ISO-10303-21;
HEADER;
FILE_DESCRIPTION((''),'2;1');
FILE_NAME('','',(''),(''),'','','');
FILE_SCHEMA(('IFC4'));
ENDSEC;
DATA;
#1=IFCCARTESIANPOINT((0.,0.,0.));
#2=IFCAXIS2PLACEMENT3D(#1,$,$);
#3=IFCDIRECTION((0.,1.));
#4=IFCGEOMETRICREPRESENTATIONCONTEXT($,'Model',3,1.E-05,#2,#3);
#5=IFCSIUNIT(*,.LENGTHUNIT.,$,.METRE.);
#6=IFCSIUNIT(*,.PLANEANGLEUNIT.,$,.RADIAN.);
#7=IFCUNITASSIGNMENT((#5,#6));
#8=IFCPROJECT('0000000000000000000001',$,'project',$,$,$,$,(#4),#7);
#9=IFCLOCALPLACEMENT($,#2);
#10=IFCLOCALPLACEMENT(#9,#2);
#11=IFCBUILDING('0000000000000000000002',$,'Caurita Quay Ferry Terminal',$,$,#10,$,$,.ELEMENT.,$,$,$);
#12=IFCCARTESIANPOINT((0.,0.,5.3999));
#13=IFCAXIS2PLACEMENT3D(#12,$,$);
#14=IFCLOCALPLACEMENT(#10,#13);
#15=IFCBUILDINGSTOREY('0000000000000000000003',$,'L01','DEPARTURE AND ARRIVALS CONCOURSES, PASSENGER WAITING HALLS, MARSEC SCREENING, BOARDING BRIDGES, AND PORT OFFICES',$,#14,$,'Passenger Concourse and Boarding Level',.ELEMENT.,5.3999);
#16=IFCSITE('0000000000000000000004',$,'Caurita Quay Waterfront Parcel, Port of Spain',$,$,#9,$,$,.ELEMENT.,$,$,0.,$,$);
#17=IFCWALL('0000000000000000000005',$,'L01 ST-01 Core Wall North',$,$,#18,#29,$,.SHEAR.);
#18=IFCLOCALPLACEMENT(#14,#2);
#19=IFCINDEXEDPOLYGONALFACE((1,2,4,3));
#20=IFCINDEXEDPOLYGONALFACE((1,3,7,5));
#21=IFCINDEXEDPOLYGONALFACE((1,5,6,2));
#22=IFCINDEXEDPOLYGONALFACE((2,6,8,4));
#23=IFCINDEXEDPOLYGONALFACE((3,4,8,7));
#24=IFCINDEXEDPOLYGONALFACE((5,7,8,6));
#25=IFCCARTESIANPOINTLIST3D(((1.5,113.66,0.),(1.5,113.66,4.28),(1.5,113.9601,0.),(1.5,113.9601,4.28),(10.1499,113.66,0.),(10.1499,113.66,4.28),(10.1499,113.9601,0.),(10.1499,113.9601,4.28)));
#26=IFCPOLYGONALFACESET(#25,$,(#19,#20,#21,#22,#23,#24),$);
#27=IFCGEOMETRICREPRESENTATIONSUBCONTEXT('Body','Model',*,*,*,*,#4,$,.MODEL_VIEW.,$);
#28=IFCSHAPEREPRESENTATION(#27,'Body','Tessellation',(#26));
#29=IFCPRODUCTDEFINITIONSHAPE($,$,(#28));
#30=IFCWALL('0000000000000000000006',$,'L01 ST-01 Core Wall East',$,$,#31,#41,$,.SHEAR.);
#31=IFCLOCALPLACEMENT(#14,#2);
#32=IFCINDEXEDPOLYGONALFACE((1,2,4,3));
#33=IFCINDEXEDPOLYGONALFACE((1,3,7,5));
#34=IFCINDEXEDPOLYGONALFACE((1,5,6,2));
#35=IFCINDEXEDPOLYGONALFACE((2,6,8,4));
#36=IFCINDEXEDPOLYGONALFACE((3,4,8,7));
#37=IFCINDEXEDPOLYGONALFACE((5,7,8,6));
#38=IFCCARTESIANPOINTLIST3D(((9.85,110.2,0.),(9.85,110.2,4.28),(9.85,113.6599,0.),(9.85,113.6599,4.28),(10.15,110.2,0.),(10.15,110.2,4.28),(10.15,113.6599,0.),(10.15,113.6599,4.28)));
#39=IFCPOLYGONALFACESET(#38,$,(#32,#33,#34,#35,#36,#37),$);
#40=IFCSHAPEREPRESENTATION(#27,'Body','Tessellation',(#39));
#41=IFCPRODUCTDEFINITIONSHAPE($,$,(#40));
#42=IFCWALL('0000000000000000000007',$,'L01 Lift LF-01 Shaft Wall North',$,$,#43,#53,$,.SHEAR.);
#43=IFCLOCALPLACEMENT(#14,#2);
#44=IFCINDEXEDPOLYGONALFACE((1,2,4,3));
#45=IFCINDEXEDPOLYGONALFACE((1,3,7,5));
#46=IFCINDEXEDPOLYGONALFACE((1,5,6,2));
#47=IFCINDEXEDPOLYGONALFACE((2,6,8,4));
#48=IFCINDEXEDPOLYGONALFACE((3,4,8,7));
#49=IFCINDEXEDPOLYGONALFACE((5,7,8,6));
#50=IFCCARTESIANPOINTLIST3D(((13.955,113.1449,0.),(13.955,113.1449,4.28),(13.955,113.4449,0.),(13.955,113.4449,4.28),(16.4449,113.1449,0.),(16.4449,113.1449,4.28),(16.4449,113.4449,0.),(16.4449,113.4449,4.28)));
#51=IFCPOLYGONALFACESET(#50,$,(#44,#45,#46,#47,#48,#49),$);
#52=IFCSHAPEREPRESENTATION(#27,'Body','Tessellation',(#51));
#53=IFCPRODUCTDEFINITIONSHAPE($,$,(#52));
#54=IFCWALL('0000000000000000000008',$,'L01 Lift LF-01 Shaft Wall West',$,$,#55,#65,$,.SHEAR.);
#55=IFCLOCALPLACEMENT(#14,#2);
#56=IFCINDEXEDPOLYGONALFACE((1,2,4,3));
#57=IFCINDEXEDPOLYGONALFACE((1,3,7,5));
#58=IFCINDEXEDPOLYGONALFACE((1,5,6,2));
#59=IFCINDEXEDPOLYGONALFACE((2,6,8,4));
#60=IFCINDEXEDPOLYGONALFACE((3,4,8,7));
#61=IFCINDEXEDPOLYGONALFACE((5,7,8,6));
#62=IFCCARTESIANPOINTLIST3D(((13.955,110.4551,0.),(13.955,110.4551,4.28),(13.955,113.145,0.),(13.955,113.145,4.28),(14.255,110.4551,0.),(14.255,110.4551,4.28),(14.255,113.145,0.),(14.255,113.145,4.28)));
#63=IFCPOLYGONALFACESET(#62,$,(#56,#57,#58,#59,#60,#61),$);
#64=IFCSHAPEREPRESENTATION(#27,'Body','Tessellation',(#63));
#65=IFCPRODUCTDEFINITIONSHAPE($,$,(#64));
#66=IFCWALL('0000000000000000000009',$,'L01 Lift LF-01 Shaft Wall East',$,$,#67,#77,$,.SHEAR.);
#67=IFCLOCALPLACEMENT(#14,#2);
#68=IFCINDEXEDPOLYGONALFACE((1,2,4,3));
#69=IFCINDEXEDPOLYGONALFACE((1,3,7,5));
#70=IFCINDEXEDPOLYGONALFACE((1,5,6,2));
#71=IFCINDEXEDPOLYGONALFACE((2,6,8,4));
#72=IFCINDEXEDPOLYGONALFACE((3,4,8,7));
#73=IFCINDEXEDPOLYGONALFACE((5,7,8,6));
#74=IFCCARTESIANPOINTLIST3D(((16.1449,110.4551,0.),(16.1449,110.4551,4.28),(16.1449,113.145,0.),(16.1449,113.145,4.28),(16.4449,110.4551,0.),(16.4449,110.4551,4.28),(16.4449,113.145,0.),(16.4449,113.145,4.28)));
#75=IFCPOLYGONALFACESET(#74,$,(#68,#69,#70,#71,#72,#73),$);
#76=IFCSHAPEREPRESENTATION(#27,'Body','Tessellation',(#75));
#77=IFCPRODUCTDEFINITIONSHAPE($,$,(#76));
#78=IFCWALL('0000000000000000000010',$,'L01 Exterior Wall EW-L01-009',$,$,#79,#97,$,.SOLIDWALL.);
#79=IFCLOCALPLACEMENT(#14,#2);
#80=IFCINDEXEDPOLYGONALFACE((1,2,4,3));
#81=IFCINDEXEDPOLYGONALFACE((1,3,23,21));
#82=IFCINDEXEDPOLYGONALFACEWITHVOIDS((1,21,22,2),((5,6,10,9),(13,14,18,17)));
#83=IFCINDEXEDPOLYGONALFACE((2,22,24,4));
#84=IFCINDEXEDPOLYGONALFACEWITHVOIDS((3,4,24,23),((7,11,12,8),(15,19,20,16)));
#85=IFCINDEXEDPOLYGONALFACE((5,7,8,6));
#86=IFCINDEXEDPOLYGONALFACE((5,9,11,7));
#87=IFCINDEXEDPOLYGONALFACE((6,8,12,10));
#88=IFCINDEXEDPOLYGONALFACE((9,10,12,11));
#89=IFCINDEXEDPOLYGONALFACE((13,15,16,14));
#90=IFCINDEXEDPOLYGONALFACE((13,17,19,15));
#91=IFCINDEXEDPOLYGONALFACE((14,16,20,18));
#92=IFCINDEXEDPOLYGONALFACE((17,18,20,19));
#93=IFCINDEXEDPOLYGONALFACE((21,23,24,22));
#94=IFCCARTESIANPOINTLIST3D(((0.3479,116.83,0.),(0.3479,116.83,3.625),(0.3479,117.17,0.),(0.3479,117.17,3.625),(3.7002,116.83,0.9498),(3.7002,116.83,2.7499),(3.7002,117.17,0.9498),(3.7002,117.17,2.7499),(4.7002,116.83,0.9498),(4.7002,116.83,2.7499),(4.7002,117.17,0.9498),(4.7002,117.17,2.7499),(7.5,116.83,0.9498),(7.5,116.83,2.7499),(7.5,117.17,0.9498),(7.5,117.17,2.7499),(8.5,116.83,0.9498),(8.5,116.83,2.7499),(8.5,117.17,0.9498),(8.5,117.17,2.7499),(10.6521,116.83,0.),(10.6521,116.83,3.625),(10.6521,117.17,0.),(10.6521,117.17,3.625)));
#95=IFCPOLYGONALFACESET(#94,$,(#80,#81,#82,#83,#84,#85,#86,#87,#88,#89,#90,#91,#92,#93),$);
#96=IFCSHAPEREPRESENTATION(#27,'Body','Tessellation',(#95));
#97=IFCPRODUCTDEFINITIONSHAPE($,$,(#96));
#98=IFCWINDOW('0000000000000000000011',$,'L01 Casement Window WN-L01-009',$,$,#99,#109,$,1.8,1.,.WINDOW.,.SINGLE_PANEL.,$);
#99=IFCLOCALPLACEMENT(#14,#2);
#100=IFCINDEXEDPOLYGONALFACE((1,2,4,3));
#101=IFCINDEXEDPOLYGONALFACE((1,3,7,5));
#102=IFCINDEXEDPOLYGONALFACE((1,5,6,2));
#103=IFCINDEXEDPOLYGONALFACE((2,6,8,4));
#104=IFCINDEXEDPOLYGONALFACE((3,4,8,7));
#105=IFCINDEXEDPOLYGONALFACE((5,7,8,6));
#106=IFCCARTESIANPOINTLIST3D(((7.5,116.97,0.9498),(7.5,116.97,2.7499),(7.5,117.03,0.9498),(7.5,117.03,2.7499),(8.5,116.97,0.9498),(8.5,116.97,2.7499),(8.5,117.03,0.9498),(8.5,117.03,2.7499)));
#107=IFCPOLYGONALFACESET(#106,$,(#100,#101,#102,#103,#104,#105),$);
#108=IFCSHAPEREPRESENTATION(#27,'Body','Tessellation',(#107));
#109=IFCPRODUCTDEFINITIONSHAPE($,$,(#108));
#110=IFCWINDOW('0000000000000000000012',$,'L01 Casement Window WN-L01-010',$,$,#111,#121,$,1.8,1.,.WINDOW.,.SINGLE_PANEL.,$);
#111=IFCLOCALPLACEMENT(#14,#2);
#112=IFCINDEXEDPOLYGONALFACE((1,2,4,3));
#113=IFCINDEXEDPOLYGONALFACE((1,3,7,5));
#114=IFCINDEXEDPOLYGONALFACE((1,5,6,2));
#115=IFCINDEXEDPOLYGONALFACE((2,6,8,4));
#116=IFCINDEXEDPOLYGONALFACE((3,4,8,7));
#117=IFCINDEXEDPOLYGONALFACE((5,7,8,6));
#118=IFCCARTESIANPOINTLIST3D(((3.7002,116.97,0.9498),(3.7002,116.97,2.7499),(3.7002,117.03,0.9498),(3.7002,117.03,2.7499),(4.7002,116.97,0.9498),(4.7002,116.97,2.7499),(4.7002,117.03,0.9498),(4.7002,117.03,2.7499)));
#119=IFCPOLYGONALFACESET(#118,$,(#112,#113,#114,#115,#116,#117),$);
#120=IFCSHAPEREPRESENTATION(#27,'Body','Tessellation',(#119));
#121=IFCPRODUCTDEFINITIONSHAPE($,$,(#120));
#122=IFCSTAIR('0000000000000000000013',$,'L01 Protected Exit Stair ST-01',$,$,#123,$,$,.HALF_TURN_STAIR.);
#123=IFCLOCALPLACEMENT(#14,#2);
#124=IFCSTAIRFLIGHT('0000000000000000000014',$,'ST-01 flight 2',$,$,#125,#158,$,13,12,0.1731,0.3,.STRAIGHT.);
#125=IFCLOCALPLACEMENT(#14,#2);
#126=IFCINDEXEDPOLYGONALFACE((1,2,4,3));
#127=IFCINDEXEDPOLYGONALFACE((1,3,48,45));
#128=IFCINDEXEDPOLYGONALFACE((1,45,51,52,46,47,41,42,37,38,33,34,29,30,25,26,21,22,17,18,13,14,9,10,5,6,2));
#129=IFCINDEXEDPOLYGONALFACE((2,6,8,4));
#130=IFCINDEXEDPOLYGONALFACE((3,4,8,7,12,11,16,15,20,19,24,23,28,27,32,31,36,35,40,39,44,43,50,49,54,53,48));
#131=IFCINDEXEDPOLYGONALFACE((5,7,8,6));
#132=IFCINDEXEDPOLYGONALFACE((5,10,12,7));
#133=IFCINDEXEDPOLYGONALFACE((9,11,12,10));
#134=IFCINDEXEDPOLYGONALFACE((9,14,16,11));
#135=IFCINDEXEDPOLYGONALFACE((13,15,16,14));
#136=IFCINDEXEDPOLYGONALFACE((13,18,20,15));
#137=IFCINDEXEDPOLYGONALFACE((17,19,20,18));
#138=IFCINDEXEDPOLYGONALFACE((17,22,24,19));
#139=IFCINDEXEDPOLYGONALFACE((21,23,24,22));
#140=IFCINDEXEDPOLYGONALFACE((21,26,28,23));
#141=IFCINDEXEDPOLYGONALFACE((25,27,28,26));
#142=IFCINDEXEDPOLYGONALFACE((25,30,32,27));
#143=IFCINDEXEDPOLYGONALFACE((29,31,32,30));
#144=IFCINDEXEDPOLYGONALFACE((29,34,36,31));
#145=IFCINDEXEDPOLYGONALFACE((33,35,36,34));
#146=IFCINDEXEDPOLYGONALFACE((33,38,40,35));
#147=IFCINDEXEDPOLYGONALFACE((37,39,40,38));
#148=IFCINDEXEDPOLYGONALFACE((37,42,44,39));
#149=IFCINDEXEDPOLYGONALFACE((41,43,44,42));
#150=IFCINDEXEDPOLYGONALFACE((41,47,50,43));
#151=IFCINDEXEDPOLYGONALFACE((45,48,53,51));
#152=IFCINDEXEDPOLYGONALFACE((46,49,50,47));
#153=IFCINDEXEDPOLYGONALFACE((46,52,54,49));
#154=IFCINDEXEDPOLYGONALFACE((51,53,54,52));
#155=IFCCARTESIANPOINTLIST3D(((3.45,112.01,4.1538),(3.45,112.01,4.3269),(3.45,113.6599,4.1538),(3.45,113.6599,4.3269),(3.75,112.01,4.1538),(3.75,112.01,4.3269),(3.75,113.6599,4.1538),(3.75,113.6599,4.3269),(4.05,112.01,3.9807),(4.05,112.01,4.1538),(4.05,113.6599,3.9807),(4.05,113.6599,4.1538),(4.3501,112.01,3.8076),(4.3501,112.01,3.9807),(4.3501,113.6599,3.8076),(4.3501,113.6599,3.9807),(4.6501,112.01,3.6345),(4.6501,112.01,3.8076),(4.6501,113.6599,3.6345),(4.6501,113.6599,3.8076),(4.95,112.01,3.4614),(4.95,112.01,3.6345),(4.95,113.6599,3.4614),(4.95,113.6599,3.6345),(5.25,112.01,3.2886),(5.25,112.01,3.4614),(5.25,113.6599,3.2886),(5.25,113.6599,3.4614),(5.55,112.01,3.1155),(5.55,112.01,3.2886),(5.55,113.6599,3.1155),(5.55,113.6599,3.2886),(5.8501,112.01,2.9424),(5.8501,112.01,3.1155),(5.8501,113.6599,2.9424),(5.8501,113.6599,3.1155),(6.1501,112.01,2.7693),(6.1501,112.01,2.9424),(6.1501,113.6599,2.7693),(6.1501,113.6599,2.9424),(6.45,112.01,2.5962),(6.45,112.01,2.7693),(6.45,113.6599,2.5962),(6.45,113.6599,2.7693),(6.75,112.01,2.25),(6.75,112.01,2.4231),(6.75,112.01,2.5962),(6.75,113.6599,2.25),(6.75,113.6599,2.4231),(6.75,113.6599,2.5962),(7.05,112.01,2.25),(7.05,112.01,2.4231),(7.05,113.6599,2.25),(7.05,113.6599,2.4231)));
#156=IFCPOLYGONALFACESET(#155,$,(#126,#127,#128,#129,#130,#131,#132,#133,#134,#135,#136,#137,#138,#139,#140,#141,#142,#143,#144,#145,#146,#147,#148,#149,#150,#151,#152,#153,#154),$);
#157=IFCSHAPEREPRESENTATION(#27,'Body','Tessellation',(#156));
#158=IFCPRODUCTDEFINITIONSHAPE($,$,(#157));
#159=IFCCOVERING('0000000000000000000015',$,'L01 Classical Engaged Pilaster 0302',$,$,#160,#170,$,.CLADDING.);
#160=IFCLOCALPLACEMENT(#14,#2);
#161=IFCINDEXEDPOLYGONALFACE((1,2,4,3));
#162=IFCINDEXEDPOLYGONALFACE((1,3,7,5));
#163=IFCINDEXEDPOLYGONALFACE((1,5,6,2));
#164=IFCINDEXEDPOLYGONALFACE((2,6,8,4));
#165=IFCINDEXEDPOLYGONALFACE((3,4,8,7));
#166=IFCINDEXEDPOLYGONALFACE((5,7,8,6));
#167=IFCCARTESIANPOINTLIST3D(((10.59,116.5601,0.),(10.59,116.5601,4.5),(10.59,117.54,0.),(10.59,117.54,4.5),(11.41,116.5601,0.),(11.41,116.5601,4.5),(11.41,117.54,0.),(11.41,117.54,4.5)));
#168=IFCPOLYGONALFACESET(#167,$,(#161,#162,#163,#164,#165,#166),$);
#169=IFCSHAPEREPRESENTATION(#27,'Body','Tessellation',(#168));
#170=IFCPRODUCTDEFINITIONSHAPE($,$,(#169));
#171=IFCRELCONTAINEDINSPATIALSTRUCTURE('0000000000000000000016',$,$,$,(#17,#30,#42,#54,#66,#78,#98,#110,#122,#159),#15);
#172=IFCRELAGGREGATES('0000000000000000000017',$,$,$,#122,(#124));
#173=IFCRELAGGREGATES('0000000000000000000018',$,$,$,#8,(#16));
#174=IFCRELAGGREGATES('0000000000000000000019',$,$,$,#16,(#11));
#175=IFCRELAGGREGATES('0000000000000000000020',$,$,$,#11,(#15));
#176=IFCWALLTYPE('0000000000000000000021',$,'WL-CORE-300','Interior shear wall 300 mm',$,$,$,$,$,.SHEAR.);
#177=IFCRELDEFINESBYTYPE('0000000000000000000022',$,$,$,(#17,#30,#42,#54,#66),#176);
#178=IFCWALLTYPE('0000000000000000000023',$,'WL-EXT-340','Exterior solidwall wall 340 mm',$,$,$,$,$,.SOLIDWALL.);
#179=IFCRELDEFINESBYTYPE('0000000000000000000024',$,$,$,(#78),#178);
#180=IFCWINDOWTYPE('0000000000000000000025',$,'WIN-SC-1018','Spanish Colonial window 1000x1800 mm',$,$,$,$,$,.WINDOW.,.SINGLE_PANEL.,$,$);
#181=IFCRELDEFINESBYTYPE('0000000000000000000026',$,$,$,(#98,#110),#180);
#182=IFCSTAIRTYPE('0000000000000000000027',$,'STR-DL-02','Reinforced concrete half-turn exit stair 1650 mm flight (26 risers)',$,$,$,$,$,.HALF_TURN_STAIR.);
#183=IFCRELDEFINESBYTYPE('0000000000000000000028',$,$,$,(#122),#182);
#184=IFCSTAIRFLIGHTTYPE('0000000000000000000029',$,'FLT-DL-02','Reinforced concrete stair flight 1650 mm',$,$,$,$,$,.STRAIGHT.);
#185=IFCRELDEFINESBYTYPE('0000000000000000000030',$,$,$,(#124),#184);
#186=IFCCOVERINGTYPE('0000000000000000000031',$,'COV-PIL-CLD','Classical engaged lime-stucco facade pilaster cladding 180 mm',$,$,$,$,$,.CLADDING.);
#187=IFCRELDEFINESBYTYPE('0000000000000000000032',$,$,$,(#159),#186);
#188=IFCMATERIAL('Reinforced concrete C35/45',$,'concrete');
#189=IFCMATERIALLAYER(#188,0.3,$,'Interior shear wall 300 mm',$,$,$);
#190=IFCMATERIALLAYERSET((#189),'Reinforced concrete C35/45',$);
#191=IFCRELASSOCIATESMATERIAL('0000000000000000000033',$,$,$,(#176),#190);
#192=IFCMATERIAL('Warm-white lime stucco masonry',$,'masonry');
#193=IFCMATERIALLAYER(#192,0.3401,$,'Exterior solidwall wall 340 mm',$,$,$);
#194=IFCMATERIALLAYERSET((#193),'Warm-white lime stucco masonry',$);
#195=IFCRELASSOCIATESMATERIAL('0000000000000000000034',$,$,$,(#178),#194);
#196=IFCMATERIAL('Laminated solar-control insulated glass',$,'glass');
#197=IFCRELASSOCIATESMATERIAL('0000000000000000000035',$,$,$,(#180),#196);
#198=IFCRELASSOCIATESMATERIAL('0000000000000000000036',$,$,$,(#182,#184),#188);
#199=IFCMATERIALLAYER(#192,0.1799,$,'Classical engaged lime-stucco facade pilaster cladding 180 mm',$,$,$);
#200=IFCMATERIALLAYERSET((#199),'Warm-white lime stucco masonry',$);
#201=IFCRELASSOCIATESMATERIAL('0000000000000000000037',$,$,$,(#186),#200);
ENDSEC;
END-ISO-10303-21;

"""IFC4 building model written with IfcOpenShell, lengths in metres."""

from ifc_helpers import new_model, si_unit, direction, frame, frame_2d, origin, origin_2d, place, context, subcontext, project, spatial, polyline, rectangle, outline, extrude, material, layer, layer_set, type_object, element, fill, aggregate, save


model = new_model("IFC4")

# Units and contexts
model_context = context("Model", 3, precision=1e-05, world=origin(), true_north=direction((0.0, 1.0)))
body_context = subcontext(model_context, "Body", "Model", "MODEL_VIEW")
ifc_project = project(units=[si_unit("LENGTHUNIT", "METRE"), si_unit("PLANEANGLEUNIT", "RADIAN")], contexts=[model_context])

# Site, building, storey
site_placement = place(None, origin())
site = spatial("IfcSite", under=ifc_project, at=site_placement, Name="Caurita Quay Waterfront Parcel, Port of Spain", CompositionType="ELEMENT", RefElevation=0.0)
building_placement = place(site_placement, origin())
building = spatial("IfcBuilding", under=site, at=building_placement, Name="Caurita Quay Ferry Terminal", CompositionType="ELEMENT")
storey_placement = place(building_placement, frame((0.0, 0.0, 5.3999)))
storey = spatial("IfcBuildingStorey", under=building, at=storey_placement, Name="L01", Description="DEPARTURE AND ARRIVALS CONCOURSES, PASSENGER WAITING HALLS, MARSEC SCREENING, BOARDING BRIDGES, AND PORT OFFICES", LongName="Passenger Concourse and Boarding Level", CompositionType="ELEMENT", Elevation=5.3999)

# Shared definitions
ifc_material_1 = material(Name="Reinforced concrete C35/45", Category="concrete")

# Walls
ifc_layer_1 = layer(ifc_material_1, 0.3, Name="Interior shear wall 300 mm")
ifc_layer_set_1 = layer_set([ifc_layer_1], Name="Reinforced concrete C35/45")
wall_type_1 = type_object("IfcWallType", Name="WL-CORE-300", Description="Interior shear wall 300 mm", PredefinedType="SHEAR", material=ifc_layer_set_1)
wall_1_placement = place(storey_placement, frame((10.1499, 113.8101, 0.0), z_axis=(0.0, 0.0, 1.0), x_axis=(-1.0, 0.0, 0.0)))
element("IfcWall", 1, at=wall_1_placement, inside=storey, type_object=wall_type_1, Name="L01 ST-01 Core Wall North", PredefinedType="SHEAR", context=body_context, shape_type="SweptSolid", body=[
    extrude(rectangle(XDim=8.6499, YDim=0.3, at=frame_2d((4.325, 0.0))), origin(), (0.0, 0.0, 1.0), 4.28),
])
wall_2_placement = place(storey_placement, frame((10.0, 110.2, 0.0), z_axis=(0.0, 0.0, 1.0), x_axis=(0.0, 1.0, 0.0)))
element("IfcWall", 2, at=wall_2_placement, inside=storey, type_object=wall_type_1, Name="L01 ST-01 Core Wall East", PredefinedType="SHEAR", context=body_context, shape_type="SweptSolid", body=[
    extrude(rectangle(XDim=3.46, YDim=0.3, at=frame_2d((1.73, 0.0))), origin(), (0.0, 0.0, 1.0), 4.28),
])

# Walls
wall_3_placement = place(storey_placement, frame((16.4451, 113.2949, 0.0), z_axis=(0.0, 0.0, 1.0), x_axis=(-1.0, 0.0, 0.0)))
element("IfcWall", 3, at=wall_3_placement, inside=storey, type_object=wall_type_1, Name="L01 Lift LF-01 Shaft Wall North", PredefinedType="SHEAR", context=body_context, shape_type="SweptSolid", body=[
    extrude(rectangle(XDim=2.49, YDim=0.3, at=frame_2d((1.2451, 0.0))), origin(), (0.0, 0.0, 1.0), 4.28),
])
for number, where, z_axis, x_axis, name in (
    (4, (14.105, 113.145, 0.0), (0.0, 0.0, 1.0), (0.0, -1.0, 0.0), "L01 Lift LF-01 Shaft Wall West"),
    (5, (16.2949, 110.4551, 0.0), (0.0, 0.0, 1.0), (0.0, 1.0, 0.0), "L01 Lift LF-01 Shaft Wall East"),
):
    element("IfcWall", number, at=place(storey_placement, frame(where, z_axis=z_axis, x_axis=x_axis)), inside=storey, type_object=wall_type_1, Name=name, PredefinedType="SHEAR", context=body_context, shape_type="SweptSolid", body=[
        extrude(rectangle(XDim=2.6899, YDim=0.3, at=frame_2d((1.345, 0.0))), origin(), (0.0, 0.0, 1.0), 4.28),
    ])

# Wall, openings, windows
ifc_material_2 = material(Name="Warm-white lime stucco masonry", Category="masonry")
ifc_layer_2 = layer(ifc_material_2, 0.3401, Name="Exterior solidwall wall 340 mm")
ifc_layer_set_2 = layer_set([ifc_layer_2], Name="Warm-white lime stucco masonry")
wall_type_2 = type_object("IfcWallType", Name="WL-EXT-340", Description="Exterior solidwall wall 340 mm", PredefinedType="SOLIDWALL", material=ifc_layer_set_2)
wall_4_placement = place(storey_placement, frame((10.6521, 117.0, 0.0), z_axis=(0.0, 0.0, 1.0), x_axis=(-1.0, 0.0, 0.0)))
wall_4 = element("IfcWall", 6, at=wall_4_placement, inside=storey, type_object=wall_type_2, Name="L01 Exterior Wall EW-L01-009", PredefinedType="SOLIDWALL", context=body_context, shape_type="SweptSolid", body=[
    extrude(rectangle(XDim=10.3042, YDim=0.3401, at=frame_2d((5.1521, 0.0))), origin(), (0.0, 0.0, 1.0), 3.625),
])
opening_1_placement = place(wall_4_placement, frame((2.1521, 0.0, 0.95)))
opening_1 = element("IfcOpeningElement", 7, at=opening_1_placement, cuts=wall_4, PredefinedType="OPENING", context=body_context, shape_type="SweptSolid", body=[
    extrude(rectangle(XDim=1.0, YDim=1.8, at=frame_2d((0.5, 0.8999))), frame((0.0, 0.1799, 0.0), z_axis=(0.0, -1.0, 0.0), x_axis=(1.0, 0.0, 0.0)), (0.0, 0.0, 1.0), 0.3601),
])
opening_2_placement = place(wall_4_placement, frame((5.9519, 0.0, 0.95)))
opening_2 = element("IfcOpeningElement", 8, at=opening_2_placement, cuts=wall_4, PredefinedType="OPENING", context=body_context, shape_type="SweptSolid", body=[
    extrude(rectangle(XDim=1.0, YDim=1.8, at=frame_2d((0.5, 0.8999))), frame((0.0, 0.1799, 0.0), z_axis=(0.0, -1.0, 0.0), x_axis=(1.0, 0.0, 0.0)), (0.0, 0.0, 1.0), 0.3601),
])
ifc_material_3 = material(Name="Laminated solar-control insulated glass", Category="glass")
window_type = type_object("IfcWindowType", Name="WIN-SC-1018", Description="Spanish Colonial window 1000x1800 mm", PartitioningType="SINGLE_PANEL", PredefinedType="WINDOW", material=ifc_material_3)
window_1_placement = place(opening_1_placement, origin())
window_1 = element("IfcWindow", 9, at=window_1_placement, inside=storey, type_object=window_type, Name="L01 Casement Window WN-L01-009", OverallHeight=1.8, OverallWidth=1.0, PartitioningType="SINGLE_PANEL", PredefinedType="WINDOW", context=body_context, shape_type="SweptSolid", body=[
    extrude(rectangle(XDim=1.0, YDim=1.8, at=frame_2d((0.5, 0.8999))), frame((0.0, 0.03, 0.0), z_axis=(0.0, -1.0, 0.0), x_axis=(1.0, 0.0, 0.0)), (0.0, 0.0, 1.0), 0.0601),
])
fill(opening_1, window_1)
window_2_placement = place(opening_2_placement, origin())
window_2 = element("IfcWindow", 10, at=window_2_placement, inside=storey, type_object=window_type, Name="L01 Casement Window WN-L01-010", OverallHeight=1.8, OverallWidth=1.0, PartitioningType="SINGLE_PANEL", PredefinedType="WINDOW", context=body_context, shape_type="SweptSolid", body=[
    extrude(rectangle(XDim=1.0, YDim=1.8, at=frame_2d((0.5, 0.8999))), frame((0.0, 0.03, 0.0), z_axis=(0.0, -1.0, 0.0), x_axis=(1.0, 0.0, 0.0)), (0.0, 0.0, 1.0), 0.0601),
])
fill(opening_2, window_2)

# Stair, stair flight
stair_type = type_object("IfcStairType", Name="STR-DL-02", Description="Reinforced concrete half-turn exit stair 1650 mm flight (26 risers)", PredefinedType="HALF_TURN_STAIR", material=ifc_material_1)
stair_placement = place(storey_placement, origin())
stair = element("IfcStair", 11, at=stair_placement, inside=storey, type_object=stair_type, Name="L01 Protected Exit Stair ST-01", PredefinedType="HALF_TURN_STAIR")
stair_flight_type = type_object("IfcStairFlightType", Name="FLT-DL-02", Description="Reinforced concrete stair flight 1650 mm", PredefinedType="STRAIGHT", material=ifc_material_1)
stair_flight_placement = place(storey_placement, frame((7.05, 112.835, 2.25), z_axis=(0.0, 0.0, 1.0), x_axis=(-1.0, 0.0, 0.0)))
stair_flight = element("IfcStairFlight", 12, at=stair_flight_placement, type_object=stair_flight_type, Name="ST-01 flight 2", NumberOfRisers=13, NumberOfTreads=12, PredefinedType="STRAIGHT", RiserHeight=0.1731, TreadLength=0.3, context=body_context, shape_type="SweptSolid", body=[
    extrude(outline(polyline([(0.0, 0.0), (0.0, 0.1731), (0.3, 0.1731), (0.3, 0.3462), (0.6001, 0.3462), (0.6001, 0.5193), (0.8999, 0.5193), (0.8999, 0.6924), (1.2, 0.6924), (1.2, 0.8655), (1.5, 0.8655), (1.5, 1.0386), (1.8, 1.0386), (1.8, 1.2114), (2.1001, 1.2114), (2.1001, 1.3845), (2.3999, 1.3845), (2.3999, 1.5576), (2.7, 1.5576), (2.7, 1.7307), (3.0, 1.7307), (3.0, 1.9038), (3.3, 1.9038), (3.3, 2.0769), (3.6001, 2.0769), (3.6001, 2.25), (3.6001, 1.9038), (0.3, 0.0), (0.0, 0.0)])), frame((0.0, 0.825, 0.0), z_axis=(0.0, -1.0, 0.0), x_axis=(1.0, 0.0, 0.0)), (0.0, 0.0, 1.0), 1.6499),
])
aggregate(stair, [stair_flight])

# Covering
ifc_layer_3 = layer(ifc_material_2, 0.1799, Name="Classical engaged lime-stucco facade pilaster cladding 180 mm")
ifc_layer_set_3 = layer_set([ifc_layer_3], Name="Warm-white lime stucco masonry")
covering_type_1 = type_object("IfcCoveringType", Name="COV-PIL-CLD", Description="Classical engaged lime-stucco facade pilaster cladding 180 mm", PredefinedType="CLADDING", material=ifc_layer_set_3)
covering_placement = place(storey_placement, frame((11.0, 117.05, 0.0), z_axis=(0.0, 0.0, 1.0), x_axis=(1.0, 0.0, 0.0)))
element("IfcCovering", 13, at=covering_placement, inside=storey, type_object=covering_type_1, Name="L01 Classical Engaged Pilaster 0302", PredefinedType="CLADDING", context=body_context, shape_type="SweptSolid", body=[
    extrude(rectangle(XDim=0.8201, YDim=0.98, at=origin_2d()), origin(), (0.0, 0.0, 1.0), 4.5),
])

save(model, "model.ifc")
